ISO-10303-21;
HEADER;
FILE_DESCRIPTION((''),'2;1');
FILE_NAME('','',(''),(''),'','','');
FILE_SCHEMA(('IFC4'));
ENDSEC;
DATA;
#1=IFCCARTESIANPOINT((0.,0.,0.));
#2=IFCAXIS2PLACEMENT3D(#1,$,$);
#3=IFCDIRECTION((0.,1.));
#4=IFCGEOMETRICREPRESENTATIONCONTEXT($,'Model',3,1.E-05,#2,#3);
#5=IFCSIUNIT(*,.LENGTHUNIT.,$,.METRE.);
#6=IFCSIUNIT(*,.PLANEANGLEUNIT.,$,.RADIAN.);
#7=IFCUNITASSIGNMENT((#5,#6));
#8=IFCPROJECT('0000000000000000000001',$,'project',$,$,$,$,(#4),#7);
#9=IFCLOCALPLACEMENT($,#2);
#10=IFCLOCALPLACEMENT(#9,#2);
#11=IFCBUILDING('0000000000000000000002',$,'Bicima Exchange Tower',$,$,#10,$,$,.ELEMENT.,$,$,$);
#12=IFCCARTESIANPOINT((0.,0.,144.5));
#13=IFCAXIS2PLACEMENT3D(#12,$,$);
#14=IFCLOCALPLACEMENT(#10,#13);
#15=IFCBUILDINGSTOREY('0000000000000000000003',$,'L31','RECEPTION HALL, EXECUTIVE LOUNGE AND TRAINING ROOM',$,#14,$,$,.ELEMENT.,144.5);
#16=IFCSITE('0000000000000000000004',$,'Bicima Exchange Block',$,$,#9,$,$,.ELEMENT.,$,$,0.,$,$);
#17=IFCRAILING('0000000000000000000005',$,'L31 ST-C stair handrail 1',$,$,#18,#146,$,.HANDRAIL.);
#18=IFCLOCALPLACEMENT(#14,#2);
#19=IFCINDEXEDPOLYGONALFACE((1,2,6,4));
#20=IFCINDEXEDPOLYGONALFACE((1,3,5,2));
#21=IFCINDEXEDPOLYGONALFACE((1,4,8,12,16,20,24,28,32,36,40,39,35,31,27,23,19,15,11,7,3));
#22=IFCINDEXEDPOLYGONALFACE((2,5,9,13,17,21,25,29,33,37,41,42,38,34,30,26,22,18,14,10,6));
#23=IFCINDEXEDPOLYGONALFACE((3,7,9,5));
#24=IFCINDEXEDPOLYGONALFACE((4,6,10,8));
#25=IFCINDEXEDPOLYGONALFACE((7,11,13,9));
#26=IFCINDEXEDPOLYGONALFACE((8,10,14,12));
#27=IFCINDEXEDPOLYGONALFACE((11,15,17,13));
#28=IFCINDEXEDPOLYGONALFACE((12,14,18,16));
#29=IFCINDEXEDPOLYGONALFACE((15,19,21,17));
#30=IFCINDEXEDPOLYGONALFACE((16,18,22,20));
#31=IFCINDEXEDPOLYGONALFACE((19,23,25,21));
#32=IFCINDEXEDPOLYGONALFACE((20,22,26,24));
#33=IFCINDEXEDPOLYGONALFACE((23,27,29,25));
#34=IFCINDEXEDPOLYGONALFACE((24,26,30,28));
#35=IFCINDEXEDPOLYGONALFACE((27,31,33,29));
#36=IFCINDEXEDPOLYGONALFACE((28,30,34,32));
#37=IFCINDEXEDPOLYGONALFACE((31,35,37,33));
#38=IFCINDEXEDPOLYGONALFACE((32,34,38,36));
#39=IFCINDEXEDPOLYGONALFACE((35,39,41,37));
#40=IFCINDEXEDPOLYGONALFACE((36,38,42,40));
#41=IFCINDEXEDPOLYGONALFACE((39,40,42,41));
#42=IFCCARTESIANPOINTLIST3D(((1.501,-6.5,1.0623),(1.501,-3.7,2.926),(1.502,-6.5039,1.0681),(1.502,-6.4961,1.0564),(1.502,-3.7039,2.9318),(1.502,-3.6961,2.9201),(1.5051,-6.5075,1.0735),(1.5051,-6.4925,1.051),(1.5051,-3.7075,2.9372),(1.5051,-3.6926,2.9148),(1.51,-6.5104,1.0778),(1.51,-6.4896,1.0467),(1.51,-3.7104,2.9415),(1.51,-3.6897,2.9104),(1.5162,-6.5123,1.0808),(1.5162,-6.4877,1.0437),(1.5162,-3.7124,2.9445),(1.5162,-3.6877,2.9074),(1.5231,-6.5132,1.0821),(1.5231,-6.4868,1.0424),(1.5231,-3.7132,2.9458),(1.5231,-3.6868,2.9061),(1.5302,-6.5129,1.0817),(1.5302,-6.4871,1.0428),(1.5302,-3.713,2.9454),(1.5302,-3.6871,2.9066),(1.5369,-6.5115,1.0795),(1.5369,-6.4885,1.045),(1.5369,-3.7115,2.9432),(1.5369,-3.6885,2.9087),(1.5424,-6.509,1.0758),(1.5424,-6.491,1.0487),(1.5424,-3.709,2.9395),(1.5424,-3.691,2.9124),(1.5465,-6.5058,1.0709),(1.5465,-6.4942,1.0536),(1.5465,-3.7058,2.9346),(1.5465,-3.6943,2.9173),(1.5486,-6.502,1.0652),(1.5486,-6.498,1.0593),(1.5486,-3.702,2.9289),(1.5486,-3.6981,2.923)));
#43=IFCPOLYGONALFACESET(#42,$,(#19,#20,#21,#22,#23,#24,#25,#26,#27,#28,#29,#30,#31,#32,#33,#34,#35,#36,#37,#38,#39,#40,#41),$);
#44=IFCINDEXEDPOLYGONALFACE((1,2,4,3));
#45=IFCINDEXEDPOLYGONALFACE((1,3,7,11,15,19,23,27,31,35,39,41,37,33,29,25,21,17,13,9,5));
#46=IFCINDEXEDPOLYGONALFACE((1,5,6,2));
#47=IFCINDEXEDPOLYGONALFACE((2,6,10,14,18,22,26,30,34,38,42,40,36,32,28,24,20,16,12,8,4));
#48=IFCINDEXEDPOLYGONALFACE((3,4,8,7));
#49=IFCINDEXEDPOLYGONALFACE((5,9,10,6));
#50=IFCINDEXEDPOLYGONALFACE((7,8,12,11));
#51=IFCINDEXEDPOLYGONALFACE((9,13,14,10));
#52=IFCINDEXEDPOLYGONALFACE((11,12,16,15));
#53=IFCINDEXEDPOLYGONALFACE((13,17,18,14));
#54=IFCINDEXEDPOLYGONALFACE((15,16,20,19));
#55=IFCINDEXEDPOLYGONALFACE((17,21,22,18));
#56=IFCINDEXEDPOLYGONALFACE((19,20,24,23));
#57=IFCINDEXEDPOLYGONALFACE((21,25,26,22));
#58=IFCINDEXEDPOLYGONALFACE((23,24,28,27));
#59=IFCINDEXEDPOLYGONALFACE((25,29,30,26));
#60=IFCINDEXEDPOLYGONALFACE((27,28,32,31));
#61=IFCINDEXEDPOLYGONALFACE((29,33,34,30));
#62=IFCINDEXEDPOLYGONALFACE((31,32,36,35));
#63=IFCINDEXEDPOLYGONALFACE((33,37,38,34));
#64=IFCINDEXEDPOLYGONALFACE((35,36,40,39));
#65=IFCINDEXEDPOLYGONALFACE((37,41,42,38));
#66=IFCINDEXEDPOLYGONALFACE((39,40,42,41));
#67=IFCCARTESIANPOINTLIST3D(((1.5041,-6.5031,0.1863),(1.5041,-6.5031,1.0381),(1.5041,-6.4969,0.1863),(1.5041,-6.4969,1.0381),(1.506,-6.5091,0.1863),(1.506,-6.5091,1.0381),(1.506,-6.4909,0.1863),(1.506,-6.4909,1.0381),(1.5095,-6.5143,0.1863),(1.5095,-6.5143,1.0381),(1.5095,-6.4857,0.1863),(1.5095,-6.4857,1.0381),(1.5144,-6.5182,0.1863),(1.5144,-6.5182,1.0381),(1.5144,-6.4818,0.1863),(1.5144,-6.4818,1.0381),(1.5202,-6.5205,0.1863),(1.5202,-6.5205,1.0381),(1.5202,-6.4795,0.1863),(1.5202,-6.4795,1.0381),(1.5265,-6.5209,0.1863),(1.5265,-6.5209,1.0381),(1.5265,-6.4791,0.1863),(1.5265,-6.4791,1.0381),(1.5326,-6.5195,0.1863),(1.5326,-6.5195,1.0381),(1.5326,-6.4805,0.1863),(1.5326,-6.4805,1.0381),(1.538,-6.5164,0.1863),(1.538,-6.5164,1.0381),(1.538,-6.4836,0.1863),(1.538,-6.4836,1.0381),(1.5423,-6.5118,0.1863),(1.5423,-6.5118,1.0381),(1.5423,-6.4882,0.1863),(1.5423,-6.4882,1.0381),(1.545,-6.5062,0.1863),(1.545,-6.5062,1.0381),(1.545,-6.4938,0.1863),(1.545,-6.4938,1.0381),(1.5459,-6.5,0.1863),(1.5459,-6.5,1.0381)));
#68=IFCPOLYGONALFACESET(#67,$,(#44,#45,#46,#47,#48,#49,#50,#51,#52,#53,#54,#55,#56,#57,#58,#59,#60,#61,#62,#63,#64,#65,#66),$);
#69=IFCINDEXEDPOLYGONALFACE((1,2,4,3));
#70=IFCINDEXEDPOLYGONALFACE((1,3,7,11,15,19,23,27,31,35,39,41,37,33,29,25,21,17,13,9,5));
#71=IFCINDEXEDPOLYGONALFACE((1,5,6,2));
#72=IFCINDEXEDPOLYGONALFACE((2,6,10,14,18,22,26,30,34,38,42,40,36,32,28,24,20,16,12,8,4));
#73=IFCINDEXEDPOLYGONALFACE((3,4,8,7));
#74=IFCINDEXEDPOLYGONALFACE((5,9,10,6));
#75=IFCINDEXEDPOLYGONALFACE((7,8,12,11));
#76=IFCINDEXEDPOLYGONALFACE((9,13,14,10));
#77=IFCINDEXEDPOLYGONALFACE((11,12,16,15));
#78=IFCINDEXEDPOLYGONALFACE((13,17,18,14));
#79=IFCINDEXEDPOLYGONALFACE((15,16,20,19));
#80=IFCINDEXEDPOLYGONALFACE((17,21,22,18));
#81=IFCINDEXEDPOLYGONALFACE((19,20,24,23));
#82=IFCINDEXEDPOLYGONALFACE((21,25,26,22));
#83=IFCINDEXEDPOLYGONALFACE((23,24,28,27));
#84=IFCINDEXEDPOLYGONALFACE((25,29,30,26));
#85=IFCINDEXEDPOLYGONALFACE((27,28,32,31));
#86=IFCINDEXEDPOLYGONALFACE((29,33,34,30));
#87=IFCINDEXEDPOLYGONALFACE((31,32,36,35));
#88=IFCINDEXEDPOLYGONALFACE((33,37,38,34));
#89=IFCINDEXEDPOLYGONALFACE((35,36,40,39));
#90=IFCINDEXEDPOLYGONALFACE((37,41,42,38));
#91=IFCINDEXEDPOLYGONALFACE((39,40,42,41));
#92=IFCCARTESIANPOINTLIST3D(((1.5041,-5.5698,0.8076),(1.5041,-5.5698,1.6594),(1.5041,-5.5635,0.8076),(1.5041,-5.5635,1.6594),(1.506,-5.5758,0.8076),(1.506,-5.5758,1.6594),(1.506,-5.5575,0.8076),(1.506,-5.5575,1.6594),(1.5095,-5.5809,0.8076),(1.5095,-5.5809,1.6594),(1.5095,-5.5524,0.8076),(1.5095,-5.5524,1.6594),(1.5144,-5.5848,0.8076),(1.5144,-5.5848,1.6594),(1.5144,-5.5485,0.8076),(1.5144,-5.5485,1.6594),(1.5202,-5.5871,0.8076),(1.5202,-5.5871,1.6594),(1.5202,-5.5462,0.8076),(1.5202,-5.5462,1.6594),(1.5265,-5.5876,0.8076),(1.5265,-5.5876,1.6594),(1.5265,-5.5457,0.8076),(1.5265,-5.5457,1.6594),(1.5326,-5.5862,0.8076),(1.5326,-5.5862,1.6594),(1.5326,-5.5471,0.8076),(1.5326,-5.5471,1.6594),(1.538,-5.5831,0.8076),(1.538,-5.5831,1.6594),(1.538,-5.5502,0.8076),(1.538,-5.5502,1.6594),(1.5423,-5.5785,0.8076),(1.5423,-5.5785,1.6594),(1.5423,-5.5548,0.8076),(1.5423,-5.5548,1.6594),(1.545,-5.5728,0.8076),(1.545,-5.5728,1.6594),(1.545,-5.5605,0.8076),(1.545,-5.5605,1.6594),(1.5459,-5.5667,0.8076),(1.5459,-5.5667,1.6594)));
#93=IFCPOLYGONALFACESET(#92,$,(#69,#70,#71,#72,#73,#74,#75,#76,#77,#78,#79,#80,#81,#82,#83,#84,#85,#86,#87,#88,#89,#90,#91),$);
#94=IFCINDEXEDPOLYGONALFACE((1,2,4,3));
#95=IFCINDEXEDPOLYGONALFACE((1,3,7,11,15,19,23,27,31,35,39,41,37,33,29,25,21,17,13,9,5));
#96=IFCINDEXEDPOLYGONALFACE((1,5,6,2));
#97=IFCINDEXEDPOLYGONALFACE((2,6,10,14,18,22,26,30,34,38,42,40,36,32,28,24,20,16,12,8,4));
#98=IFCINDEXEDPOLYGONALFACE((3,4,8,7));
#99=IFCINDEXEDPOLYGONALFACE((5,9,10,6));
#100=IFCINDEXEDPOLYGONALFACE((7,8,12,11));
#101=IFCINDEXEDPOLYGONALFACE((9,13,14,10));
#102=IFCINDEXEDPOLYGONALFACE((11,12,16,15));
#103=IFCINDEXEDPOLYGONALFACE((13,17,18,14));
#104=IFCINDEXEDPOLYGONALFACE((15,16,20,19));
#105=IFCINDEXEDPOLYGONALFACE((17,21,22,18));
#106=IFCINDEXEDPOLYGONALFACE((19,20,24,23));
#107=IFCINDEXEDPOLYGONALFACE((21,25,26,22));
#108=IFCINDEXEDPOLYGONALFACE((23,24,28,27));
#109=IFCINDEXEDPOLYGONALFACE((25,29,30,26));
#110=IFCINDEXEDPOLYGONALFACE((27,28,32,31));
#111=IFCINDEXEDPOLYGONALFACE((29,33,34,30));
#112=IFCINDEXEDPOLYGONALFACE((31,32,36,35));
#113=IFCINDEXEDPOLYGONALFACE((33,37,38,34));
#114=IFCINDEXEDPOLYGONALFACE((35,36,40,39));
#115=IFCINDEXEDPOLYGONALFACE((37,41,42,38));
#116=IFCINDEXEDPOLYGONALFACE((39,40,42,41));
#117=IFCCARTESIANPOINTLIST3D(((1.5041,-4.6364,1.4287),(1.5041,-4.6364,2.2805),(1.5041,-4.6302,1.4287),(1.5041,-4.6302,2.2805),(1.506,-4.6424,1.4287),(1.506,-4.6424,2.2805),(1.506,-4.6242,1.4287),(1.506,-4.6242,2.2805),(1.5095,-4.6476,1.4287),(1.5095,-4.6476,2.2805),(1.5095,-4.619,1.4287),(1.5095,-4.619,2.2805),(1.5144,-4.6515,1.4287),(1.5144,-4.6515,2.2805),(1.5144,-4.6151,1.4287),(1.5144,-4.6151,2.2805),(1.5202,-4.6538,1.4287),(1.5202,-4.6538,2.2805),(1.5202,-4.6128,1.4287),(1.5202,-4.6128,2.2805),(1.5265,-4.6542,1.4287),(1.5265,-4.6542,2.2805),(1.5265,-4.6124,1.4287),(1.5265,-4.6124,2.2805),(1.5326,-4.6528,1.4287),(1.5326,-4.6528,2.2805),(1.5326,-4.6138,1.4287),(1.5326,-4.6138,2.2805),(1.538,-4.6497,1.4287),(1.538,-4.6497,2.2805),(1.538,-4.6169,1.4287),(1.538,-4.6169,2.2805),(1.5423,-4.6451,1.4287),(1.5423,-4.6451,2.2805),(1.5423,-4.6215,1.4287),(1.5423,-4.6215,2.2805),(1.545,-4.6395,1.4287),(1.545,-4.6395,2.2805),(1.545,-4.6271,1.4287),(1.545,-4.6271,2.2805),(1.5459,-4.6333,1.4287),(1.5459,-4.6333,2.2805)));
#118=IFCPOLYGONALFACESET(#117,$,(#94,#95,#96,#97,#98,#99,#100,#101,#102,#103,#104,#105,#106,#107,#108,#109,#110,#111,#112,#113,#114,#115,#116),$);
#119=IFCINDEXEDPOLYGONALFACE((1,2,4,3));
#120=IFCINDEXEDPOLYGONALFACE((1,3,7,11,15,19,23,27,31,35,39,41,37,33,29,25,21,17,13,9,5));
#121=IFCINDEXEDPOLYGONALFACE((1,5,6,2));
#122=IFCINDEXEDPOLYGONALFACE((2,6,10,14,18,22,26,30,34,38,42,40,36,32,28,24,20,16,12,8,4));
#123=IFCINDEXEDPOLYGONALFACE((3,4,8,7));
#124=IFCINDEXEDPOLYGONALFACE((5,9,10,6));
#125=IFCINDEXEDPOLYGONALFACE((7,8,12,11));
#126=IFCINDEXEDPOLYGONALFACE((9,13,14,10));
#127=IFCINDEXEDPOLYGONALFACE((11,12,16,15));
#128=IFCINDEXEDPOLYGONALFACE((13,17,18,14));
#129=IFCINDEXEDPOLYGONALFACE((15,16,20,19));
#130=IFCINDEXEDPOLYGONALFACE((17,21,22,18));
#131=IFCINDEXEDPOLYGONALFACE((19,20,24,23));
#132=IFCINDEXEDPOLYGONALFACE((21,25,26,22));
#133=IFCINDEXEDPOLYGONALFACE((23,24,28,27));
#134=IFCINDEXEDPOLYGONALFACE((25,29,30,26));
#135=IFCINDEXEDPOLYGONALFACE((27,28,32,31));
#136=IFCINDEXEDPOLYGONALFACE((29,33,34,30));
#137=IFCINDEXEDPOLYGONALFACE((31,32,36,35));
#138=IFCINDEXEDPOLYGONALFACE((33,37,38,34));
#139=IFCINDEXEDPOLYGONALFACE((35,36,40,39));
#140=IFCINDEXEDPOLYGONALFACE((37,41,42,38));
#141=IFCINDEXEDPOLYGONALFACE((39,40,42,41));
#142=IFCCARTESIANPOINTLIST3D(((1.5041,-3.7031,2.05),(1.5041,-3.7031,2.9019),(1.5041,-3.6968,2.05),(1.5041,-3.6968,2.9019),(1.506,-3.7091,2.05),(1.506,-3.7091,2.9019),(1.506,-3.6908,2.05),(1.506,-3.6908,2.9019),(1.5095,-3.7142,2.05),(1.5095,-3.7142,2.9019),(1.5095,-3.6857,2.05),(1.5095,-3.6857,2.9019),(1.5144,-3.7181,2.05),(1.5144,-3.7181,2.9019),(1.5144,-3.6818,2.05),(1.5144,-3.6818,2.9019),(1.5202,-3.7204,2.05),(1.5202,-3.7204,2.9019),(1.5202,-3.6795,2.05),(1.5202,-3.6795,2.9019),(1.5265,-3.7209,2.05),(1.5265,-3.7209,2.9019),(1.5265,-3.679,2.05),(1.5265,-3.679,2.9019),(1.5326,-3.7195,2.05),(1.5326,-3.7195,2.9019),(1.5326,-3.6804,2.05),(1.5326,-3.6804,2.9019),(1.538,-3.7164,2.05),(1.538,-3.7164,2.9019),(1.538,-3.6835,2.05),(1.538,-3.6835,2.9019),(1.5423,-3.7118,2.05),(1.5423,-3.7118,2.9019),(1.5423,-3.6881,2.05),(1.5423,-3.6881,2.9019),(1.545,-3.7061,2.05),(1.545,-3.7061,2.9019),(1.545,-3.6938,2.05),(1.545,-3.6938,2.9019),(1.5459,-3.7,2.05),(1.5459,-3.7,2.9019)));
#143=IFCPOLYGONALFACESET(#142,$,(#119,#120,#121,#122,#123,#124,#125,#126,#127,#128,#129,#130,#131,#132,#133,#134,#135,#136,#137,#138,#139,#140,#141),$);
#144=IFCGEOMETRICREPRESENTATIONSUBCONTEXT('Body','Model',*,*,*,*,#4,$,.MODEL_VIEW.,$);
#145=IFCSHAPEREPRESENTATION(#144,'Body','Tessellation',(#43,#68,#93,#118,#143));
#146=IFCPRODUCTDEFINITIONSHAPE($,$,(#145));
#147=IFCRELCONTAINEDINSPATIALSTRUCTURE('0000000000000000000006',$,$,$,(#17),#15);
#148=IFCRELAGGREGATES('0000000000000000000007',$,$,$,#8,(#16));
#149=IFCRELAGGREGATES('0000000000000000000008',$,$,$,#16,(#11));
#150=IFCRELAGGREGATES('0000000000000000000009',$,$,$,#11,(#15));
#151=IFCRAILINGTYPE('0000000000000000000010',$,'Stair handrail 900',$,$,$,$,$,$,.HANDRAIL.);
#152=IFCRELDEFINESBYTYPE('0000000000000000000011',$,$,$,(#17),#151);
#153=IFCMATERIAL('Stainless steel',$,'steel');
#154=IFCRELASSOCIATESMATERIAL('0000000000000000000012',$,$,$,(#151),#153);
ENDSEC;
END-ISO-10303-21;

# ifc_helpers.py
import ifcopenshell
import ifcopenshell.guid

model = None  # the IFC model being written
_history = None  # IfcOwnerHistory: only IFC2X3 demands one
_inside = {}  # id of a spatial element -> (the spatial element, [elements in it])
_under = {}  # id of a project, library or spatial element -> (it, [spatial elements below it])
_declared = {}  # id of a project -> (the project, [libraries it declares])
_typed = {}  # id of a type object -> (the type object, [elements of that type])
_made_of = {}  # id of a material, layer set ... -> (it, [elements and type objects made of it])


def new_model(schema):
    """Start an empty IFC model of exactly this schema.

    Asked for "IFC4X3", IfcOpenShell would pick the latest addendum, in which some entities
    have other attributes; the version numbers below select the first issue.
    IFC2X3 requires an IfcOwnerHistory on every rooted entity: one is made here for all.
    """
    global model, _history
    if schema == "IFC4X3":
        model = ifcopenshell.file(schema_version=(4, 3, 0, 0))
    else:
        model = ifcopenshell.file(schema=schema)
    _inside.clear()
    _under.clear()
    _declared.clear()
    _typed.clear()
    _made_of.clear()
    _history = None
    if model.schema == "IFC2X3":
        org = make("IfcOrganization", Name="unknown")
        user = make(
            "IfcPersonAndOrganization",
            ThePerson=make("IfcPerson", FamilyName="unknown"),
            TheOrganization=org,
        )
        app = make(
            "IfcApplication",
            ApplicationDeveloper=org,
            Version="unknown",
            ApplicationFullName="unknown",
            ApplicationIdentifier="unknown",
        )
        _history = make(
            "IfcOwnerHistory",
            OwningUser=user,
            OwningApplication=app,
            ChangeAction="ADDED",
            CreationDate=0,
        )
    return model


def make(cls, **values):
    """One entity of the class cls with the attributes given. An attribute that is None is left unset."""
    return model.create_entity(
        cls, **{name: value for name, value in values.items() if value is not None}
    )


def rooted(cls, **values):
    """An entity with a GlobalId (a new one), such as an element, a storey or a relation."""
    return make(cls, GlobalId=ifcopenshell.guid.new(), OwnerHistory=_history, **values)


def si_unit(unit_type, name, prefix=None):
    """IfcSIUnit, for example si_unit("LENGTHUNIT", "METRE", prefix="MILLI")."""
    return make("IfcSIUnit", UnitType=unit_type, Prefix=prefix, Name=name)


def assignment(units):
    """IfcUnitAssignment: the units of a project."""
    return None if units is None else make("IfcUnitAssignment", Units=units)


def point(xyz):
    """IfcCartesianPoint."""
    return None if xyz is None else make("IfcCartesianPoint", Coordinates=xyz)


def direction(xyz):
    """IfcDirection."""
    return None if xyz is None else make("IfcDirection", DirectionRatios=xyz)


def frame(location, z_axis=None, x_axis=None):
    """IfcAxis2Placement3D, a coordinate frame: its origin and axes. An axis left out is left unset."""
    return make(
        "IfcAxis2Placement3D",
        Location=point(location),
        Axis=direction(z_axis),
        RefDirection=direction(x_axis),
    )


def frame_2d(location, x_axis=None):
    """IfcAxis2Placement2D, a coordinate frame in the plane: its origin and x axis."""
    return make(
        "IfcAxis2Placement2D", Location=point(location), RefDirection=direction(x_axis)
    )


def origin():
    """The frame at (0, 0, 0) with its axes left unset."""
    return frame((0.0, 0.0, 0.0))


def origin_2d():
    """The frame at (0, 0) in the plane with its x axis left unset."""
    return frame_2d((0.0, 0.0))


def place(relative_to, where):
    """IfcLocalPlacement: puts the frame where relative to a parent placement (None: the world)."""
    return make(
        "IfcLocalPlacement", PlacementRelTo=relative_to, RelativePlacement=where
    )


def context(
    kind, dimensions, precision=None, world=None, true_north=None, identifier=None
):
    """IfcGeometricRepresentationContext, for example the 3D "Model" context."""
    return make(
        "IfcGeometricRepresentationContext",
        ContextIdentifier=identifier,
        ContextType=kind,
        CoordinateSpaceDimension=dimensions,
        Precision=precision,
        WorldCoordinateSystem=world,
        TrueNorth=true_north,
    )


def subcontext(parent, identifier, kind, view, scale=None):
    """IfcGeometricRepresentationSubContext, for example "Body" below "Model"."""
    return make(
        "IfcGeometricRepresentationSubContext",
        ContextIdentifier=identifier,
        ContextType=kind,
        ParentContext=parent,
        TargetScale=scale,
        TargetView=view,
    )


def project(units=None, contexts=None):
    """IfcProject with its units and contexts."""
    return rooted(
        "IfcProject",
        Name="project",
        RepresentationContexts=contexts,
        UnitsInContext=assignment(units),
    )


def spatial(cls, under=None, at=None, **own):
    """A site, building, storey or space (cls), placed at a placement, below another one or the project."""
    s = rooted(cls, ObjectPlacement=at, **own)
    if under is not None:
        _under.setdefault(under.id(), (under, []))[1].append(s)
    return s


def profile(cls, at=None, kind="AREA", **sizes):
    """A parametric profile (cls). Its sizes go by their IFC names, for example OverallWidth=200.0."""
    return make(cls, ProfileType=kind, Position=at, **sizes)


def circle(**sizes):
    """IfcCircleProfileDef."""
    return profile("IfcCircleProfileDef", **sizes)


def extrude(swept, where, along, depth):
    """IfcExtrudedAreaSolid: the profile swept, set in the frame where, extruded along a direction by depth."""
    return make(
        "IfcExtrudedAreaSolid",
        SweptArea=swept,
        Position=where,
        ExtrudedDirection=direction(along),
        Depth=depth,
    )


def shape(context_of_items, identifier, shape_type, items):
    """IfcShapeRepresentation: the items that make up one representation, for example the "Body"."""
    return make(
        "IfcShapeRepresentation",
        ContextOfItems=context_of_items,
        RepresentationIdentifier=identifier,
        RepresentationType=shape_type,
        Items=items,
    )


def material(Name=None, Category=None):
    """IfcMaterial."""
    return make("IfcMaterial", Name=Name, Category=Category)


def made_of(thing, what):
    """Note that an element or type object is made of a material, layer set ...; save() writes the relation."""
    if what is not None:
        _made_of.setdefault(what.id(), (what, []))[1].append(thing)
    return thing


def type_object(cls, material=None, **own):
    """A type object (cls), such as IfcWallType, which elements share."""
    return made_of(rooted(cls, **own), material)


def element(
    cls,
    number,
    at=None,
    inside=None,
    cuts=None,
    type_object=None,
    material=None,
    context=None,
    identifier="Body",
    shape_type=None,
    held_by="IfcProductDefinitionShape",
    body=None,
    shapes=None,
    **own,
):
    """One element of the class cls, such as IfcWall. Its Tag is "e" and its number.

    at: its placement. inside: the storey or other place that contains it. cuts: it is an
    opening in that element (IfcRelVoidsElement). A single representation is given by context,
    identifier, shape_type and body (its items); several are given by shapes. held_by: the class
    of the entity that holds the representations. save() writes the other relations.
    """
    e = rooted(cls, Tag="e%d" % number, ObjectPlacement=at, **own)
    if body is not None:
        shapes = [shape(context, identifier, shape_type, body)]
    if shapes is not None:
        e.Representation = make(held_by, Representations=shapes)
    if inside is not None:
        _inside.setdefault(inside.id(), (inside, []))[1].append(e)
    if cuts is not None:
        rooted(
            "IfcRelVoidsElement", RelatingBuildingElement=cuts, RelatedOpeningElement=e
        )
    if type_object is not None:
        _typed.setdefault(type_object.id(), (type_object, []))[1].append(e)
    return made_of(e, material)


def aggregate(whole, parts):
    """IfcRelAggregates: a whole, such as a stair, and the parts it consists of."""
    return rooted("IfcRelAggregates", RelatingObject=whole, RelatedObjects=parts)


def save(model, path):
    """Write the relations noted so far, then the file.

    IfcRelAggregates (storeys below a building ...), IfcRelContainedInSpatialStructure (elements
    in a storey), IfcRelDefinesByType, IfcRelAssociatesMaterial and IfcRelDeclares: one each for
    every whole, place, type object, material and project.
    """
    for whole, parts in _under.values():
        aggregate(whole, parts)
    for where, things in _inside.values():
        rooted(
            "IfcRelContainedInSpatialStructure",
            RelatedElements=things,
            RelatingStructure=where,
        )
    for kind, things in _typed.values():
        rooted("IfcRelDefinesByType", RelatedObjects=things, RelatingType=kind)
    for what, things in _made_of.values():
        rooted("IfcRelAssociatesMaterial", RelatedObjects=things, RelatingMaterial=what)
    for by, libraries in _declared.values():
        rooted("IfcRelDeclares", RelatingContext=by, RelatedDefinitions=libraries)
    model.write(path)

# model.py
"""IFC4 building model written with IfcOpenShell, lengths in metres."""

from ifc_helpers import new_model, si_unit, direction, frame, origin, origin_2d, place, context, subcontext, project, spatial, circle, extrude, material, type_object, element, save


model = new_model("IFC4")

# Units and contexts
model_context = context("Model", 3, precision=1e-05, world=origin(), true_north=direction((0.0, 1.0)))
body_context = subcontext(model_context, "Body", "Model", "MODEL_VIEW")
ifc_project = project(units=[si_unit("LENGTHUNIT", "METRE"), si_unit("PLANEANGLEUNIT", "RADIAN")], contexts=[model_context])

# Site, building, storey
site_placement = place(None, origin())
site = spatial("IfcSite", under=ifc_project, at=site_placement, Name="Bicima Exchange Block", CompositionType="ELEMENT", RefElevation=0.0)
building_placement = place(site_placement, origin())
building = spatial("IfcBuilding", under=site, at=building_placement, Name="Bicima Exchange Tower", CompositionType="ELEMENT")
storey_placement = place(building_placement, frame((0.0, 0.0, 144.5)))
storey = spatial("IfcBuildingStorey", under=building, at=storey_placement, Name="L31", Description="RECEPTION HALL, EXECUTIVE LOUNGE AND TRAINING ROOM", CompositionType="ELEMENT", Elevation=144.5)

# Shared definitions
ifc_material_1 = material(Name="Stainless steel", Category="steel")

# Railing
railing_type_1 = type_object("IfcRailingType", Name="Stair handrail 900", PredefinedType="HANDRAIL", material=ifc_material_1)
railing_1_placement = place(storey_placement, frame((1.5249, -6.5, 0.1863)))
element("IfcRailing", 1, at=railing_1_placement, inside=storey, type_object=railing_type_1, Name="L31 ST-C stair handrail 1", PredefinedType="HANDRAIL", context=body_context, shape_type="SweptSolid", body=[
    extrude(circle(Radius=0.0239, at=origin_2d()), frame((0.0, 0.0, 0.876), z_axis=(0.0, 0.832452, 0.554097), x_axis=(-1.0, 0.0, 0.0)), (0.0, 0.0, 1.0), 3.3635),
    extrude(circle(Radius=0.021, at=origin_2d()), origin(), (0.0, 0.0, 1.0), 0.8518),
    extrude(circle(Radius=0.021, at=origin_2d()), frame((0.0, 0.9333, 0.6213)), (0.0, 0.0, 1.0), 0.8518),
    extrude(circle(Radius=0.021, at=origin_2d()), frame((0.0, 1.8667, 1.2424)), (0.0, 0.0, 1.0), 0.8518),
    extrude(circle(Radius=0.021, at=origin_2d()), frame((0.0, 2.8, 1.8638)), (0.0, 0.0, 1.0), 0.8518),
])

save(model, "model.ifc")
